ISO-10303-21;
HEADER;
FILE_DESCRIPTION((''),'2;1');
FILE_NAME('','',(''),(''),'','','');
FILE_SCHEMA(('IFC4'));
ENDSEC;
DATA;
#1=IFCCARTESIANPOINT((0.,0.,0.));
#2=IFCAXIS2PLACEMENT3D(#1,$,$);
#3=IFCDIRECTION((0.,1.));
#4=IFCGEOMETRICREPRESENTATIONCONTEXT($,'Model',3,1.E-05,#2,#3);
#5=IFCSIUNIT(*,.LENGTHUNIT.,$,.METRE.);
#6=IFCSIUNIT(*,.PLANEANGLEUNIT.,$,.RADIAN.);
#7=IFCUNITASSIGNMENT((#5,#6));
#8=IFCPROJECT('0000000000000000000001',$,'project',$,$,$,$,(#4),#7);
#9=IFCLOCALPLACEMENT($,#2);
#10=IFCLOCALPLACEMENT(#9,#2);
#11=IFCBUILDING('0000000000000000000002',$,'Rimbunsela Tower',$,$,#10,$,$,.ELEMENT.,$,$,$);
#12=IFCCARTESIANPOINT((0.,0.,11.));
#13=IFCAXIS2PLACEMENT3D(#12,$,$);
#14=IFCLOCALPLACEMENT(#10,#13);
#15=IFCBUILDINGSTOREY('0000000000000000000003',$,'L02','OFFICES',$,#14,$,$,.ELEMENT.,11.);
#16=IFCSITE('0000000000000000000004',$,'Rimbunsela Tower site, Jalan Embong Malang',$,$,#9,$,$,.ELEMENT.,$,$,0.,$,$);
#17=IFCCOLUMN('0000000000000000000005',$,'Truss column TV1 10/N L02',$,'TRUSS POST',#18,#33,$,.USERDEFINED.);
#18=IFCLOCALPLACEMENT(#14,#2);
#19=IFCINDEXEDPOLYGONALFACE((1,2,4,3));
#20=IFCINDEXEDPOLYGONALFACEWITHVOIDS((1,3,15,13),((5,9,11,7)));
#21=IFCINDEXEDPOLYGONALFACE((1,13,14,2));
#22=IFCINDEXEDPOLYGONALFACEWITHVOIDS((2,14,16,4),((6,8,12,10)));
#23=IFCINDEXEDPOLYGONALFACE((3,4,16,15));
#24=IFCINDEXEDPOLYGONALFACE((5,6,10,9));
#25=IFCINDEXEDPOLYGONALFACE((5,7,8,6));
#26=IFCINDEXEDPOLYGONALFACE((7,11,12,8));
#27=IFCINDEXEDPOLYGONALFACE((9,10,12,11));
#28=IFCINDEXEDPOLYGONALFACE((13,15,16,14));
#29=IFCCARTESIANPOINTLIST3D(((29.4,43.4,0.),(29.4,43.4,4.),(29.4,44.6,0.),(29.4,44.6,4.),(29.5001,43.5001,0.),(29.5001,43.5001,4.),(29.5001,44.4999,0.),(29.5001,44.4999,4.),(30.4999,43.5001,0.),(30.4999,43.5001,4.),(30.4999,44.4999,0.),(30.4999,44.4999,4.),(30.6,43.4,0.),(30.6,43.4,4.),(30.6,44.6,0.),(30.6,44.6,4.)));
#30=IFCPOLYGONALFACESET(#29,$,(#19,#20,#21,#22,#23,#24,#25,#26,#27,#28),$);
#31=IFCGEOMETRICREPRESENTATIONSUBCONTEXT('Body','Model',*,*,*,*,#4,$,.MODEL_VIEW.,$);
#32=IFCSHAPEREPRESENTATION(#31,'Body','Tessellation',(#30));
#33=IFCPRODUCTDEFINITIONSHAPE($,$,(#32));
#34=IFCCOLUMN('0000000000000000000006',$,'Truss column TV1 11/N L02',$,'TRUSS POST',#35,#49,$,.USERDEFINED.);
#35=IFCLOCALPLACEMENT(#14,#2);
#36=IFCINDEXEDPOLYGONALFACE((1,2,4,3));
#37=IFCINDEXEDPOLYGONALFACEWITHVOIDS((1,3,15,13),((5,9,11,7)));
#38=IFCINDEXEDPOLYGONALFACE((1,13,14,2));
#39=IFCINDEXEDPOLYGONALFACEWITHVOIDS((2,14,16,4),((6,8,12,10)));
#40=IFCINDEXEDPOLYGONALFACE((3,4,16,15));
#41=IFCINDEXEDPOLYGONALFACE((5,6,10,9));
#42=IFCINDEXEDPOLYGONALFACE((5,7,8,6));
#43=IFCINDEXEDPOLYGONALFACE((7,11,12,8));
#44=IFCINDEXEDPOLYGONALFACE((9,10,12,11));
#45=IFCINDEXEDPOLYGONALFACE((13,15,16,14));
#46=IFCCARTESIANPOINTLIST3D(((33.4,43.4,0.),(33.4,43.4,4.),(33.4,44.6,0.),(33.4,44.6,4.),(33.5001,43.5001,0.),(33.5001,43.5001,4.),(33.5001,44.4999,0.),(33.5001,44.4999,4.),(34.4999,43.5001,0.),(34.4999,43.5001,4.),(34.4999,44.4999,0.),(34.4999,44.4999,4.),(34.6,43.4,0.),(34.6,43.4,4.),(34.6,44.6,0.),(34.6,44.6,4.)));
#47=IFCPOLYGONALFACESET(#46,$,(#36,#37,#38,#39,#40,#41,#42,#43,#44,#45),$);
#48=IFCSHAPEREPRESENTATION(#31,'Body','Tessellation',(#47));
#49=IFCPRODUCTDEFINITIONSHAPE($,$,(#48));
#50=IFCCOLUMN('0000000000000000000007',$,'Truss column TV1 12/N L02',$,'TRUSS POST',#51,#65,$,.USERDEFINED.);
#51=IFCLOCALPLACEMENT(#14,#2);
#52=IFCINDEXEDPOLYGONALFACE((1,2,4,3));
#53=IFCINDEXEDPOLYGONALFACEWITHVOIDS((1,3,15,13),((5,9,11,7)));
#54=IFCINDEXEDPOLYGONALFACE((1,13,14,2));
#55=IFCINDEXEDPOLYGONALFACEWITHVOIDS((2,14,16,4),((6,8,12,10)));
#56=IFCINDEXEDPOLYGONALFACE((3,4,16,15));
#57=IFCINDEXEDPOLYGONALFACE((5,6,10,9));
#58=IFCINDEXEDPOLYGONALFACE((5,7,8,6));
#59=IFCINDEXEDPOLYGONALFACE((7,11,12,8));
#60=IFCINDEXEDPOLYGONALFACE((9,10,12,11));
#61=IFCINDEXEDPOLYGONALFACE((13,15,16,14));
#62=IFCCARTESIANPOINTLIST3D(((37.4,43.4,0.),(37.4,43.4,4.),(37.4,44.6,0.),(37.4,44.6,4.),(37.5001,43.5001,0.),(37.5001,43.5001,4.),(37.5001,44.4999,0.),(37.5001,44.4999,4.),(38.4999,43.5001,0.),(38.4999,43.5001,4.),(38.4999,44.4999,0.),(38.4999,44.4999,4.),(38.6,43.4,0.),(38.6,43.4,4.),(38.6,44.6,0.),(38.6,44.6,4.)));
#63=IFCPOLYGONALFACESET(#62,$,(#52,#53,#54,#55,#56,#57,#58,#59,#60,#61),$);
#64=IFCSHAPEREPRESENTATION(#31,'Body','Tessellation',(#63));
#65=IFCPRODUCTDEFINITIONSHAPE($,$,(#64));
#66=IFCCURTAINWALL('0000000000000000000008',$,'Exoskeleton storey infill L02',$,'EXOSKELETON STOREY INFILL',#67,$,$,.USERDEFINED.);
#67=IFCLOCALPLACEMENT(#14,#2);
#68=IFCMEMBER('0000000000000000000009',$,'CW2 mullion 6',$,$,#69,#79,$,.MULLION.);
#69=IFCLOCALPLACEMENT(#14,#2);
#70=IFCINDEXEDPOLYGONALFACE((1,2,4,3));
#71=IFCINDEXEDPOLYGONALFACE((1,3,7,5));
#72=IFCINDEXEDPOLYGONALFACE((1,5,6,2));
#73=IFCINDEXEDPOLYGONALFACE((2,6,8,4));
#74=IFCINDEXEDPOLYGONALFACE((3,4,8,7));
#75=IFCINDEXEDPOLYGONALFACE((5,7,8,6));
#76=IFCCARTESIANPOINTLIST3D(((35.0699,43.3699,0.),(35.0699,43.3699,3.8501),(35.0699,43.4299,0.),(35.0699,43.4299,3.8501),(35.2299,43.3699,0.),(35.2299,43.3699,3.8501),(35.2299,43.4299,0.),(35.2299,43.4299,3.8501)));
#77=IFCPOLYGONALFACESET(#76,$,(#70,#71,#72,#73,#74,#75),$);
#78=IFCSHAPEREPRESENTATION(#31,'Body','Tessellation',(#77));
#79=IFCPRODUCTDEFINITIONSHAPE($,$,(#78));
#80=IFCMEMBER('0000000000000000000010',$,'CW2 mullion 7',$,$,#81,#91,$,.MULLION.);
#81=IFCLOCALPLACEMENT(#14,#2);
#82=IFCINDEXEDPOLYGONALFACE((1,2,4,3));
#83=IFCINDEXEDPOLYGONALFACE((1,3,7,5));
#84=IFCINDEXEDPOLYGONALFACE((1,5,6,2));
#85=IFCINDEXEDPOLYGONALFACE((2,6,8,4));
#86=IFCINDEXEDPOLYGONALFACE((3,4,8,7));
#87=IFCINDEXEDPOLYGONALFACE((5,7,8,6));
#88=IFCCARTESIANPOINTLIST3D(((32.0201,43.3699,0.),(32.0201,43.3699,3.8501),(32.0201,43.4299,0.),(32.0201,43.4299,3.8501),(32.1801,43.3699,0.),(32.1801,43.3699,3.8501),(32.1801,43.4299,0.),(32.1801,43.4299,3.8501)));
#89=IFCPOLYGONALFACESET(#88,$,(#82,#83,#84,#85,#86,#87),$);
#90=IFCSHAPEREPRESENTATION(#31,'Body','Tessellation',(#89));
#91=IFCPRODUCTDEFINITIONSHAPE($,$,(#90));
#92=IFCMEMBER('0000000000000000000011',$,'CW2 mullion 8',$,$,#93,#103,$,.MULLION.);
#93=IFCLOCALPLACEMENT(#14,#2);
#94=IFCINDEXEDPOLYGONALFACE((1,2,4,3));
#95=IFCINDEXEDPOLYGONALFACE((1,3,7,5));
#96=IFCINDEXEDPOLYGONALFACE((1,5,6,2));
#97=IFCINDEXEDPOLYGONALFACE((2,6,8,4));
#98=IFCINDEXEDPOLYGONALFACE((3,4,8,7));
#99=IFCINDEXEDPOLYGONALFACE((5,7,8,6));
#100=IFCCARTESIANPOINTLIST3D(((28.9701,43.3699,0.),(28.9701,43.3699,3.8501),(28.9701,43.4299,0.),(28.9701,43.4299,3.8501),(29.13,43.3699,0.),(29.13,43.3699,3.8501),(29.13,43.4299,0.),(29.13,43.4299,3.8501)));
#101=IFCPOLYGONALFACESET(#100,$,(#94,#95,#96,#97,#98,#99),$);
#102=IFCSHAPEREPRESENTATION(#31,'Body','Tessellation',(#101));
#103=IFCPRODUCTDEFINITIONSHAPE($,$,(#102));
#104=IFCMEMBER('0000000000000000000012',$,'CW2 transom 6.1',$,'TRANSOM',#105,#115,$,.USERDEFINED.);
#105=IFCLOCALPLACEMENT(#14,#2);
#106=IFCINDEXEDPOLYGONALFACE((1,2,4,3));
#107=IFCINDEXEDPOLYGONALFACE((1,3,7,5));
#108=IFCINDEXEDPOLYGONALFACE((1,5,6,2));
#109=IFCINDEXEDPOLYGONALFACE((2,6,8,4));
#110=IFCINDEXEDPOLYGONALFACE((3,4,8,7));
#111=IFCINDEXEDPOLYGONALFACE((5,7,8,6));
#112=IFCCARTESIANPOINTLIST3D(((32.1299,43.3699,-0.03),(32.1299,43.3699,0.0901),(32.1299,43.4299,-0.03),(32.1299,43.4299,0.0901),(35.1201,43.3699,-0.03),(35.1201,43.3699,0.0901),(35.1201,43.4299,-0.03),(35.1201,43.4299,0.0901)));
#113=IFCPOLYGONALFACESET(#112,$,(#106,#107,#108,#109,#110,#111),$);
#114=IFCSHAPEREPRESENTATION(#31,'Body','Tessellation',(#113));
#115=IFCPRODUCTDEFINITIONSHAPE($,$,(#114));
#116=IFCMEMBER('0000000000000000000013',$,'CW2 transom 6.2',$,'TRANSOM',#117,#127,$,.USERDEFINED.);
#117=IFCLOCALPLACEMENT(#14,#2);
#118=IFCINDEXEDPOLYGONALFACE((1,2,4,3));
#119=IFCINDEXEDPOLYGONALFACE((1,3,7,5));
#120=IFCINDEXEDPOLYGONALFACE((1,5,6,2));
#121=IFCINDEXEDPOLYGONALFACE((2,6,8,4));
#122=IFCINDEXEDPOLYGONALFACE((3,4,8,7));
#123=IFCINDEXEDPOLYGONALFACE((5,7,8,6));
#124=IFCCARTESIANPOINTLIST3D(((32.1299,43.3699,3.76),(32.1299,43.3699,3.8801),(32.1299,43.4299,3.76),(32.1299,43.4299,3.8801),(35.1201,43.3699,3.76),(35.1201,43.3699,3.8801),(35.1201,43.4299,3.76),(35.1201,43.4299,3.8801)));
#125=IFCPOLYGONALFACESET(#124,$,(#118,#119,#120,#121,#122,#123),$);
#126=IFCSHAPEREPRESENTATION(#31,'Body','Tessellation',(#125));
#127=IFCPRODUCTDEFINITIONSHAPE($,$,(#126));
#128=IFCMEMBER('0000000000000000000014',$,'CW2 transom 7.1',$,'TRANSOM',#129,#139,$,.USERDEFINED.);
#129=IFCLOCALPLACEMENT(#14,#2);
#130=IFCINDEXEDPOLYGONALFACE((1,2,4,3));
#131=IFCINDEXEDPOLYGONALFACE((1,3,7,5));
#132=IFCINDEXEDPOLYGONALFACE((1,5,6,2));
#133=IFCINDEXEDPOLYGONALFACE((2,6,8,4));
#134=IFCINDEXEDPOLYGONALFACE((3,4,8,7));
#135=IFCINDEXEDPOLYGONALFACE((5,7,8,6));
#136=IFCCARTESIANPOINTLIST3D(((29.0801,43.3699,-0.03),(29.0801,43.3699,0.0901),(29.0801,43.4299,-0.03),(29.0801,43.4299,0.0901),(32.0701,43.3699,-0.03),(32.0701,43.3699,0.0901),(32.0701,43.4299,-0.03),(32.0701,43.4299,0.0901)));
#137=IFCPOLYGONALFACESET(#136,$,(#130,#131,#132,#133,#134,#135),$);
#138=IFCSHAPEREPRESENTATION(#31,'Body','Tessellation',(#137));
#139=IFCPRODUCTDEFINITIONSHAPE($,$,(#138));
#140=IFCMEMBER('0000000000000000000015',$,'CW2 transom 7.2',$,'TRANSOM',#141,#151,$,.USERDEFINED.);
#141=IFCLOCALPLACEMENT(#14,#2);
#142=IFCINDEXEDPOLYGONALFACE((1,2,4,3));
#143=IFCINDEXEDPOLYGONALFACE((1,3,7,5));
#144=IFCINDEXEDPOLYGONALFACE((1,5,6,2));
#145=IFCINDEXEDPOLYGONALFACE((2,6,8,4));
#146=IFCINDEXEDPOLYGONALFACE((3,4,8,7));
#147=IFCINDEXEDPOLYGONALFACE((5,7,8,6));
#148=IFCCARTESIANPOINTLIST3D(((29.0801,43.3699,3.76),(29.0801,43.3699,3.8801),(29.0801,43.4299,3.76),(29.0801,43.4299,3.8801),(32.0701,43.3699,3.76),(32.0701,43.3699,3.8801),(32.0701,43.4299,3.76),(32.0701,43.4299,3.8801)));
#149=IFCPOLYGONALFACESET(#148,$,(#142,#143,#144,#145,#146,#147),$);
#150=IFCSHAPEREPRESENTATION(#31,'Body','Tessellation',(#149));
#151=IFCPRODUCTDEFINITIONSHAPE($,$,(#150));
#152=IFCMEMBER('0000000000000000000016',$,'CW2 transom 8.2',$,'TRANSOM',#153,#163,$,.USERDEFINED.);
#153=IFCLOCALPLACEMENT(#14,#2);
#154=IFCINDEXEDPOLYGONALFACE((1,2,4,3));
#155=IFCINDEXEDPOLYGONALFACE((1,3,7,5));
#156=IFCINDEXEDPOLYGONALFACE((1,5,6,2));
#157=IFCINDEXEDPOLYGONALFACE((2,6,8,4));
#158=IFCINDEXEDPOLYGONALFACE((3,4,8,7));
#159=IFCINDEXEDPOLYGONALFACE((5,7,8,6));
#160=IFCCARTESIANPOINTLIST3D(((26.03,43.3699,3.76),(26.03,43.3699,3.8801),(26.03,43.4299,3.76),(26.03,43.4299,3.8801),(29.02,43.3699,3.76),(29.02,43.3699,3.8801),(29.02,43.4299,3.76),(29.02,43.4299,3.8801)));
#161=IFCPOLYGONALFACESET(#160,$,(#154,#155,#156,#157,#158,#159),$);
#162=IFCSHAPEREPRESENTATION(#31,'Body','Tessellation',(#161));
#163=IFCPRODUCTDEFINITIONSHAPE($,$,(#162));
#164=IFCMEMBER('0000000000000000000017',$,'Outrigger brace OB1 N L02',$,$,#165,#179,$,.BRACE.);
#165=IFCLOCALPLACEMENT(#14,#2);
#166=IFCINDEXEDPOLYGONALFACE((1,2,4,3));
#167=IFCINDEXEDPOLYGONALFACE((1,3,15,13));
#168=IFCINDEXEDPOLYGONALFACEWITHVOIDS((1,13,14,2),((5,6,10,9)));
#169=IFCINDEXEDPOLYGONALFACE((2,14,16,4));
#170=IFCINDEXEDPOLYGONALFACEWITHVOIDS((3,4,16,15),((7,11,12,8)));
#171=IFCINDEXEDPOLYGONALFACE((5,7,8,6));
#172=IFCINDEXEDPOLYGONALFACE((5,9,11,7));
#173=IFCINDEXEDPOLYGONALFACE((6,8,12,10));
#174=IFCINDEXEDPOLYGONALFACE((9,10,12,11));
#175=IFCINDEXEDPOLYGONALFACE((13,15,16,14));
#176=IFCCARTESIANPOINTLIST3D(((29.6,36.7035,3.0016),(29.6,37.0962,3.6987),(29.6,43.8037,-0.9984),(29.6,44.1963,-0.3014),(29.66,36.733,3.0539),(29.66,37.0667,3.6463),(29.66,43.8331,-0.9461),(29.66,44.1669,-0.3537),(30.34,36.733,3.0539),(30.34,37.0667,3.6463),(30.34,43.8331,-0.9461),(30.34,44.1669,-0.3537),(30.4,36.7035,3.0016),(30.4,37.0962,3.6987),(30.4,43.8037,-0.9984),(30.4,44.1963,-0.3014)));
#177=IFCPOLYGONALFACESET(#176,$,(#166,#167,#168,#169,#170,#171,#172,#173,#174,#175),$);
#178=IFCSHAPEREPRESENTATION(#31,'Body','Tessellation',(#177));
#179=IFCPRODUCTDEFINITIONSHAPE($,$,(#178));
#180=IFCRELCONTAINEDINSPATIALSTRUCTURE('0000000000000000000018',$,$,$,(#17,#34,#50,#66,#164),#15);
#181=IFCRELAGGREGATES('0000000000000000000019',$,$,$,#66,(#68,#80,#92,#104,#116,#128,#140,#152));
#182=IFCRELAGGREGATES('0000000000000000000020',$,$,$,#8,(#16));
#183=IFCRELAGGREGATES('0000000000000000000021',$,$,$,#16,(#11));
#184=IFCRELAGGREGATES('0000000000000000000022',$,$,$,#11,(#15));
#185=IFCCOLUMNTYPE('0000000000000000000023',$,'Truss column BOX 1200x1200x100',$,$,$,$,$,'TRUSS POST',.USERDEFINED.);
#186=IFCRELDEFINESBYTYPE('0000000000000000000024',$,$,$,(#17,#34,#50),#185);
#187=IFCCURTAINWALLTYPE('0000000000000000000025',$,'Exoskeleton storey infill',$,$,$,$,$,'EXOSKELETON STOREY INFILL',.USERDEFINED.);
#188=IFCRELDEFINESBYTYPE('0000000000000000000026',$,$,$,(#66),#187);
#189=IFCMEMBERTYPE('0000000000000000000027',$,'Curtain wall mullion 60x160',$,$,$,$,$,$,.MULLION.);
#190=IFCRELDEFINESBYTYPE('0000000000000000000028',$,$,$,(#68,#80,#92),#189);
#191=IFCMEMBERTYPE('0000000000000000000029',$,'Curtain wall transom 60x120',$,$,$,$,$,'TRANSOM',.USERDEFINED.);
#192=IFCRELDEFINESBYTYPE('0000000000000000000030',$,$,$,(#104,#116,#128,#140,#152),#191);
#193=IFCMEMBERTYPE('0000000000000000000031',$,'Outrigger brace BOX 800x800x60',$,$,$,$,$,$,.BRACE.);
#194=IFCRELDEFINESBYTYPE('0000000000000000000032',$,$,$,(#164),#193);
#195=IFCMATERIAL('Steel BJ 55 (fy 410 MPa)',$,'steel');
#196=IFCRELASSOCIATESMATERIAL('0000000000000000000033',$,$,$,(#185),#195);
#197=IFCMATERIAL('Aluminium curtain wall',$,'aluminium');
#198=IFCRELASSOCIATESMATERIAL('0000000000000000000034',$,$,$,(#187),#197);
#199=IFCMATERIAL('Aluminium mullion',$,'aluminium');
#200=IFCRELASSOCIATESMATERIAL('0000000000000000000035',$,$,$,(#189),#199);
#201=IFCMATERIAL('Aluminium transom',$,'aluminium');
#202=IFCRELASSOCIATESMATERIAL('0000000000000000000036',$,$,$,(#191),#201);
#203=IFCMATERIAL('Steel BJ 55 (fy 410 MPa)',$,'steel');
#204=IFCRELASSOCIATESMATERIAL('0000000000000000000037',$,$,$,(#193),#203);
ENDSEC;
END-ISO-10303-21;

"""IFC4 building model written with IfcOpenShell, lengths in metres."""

from ifc_helpers import new_model, si_unit, direction, frame, origin, origin_2d, place, context, subcontext, project, spatial, rectangle, hollow_rectangle, extrude, material, material_profile, profile_set, type_object, element, aggregate, save


model = new_model("IFC4")

# Units and contexts
model_context = context("Model", 3, precision=1e-05, world=origin(), true_north=direction((0.0, 1.0)))
body_context = subcontext(model_context, "Body", "Model", "MODEL_VIEW")
ifc_project = project(units=[si_unit("LENGTHUNIT", "METRE"), si_unit("PLANEANGLEUNIT", "RADIAN")], contexts=[model_context])

# Site, building, storey
site_placement = place(None, origin())
site = spatial("IfcSite", under=ifc_project, at=site_placement, Name="Rimbunsela Tower site, Jalan Embong Malang", CompositionType="ELEMENT", RefElevation=0.0)
building_placement = place(site_placement, origin())
building = spatial("IfcBuilding", under=site, at=building_placement, Name="Rimbunsela Tower", CompositionType="ELEMENT")
storey_placement = place(building_placement, frame((0.0, 0.0, 11.0)))
storey = spatial("IfcBuildingStorey", under=building, at=storey_placement, Name="L02", Description="OFFICES", CompositionType="ELEMENT", Elevation=11.0)

# Columns
ifc_material_1 = material(Name="Steel BJ 55 (fy 410 MPa)", Category="steel")
ifc_material_profile_1 = material_profile(ifc_material_1, hollow_rectangle(XDim=1.2, YDim=1.2, WallThickness=0.1001, at=origin_2d()), Name="BOX 1200x1200x100")
ifc_profile_set_1 = profile_set([ifc_material_profile_1], Name="Steel BJ 55 (fy 410 MPa)")
column_type = type_object("IfcColumnType", Name="Truss column BOX 1200x1200x100", ElementType="TRUSS POST", PredefinedType="USERDEFINED", material=ifc_profile_set_1)
for number, where, z_axis, x_axis, name in (
    (1, (30.0, 44.0, 0.0), (0.0, 0.0, 1.0), (1.0, 0.0, 0.0), "Truss column TV1 10/N L02"),
    (2, (34.0, 44.0, 0.0), (0.0, 0.0, 1.0), (1.0, 0.0, 0.0), "Truss column TV1 11/N L02"),
    (3, (38.0, 44.0, 0.0), (0.0, 0.0, 1.0), (1.0, 0.0, 0.0), "Truss column TV1 12/N L02"),
):
    element("IfcColumn", number, at=place(storey_placement, frame(where, z_axis=z_axis, x_axis=x_axis)), inside=storey, type_object=column_type, Name=name, ObjectType="TRUSS POST", PredefinedType="USERDEFINED", context=body_context, shape_type="SweptSolid", body=[
        extrude(hollow_rectangle(XDim=1.2, YDim=1.2, WallThickness=0.1001, at=origin_2d()), origin(), (0.0, 0.0, 1.0), 4.0),
    ])

# Curtain wall, members
ifc_material_2 = material(Name="Aluminium curtain wall", Category="aluminium")
curtain_wall_type = type_object("IfcCurtainWallType", Name="Exoskeleton storey infill", ElementType="EXOSKELETON STOREY INFILL", PredefinedType="USERDEFINED", material=ifc_material_2)
curtain_wall_placement = place(storey_placement, origin())
curtain_wall = element("IfcCurtainWall", 4, at=curtain_wall_placement, inside=storey, type_object=curtain_wall_type, Name="Exoskeleton storey infill L02", ObjectType="EXOSKELETON STOREY INFILL", PredefinedType="USERDEFINED")
ifc_material_3 = material(Name="Aluminium mullion", Category="aluminium")
ifc_material_profile_2 = material_profile(ifc_material_3, rectangle(XDim=0.0601, YDim=0.1599, at=origin_2d()), Name="Mullion 60x160")
ifc_profile_set_2 = profile_set([ifc_material_profile_2], Name="Aluminium mullion")
member_type_1 = type_object("IfcMemberType", Name="Curtain wall mullion 60x160", PredefinedType="MULLION", material=ifc_profile_set_2)
member_1_placement = place(storey_placement, frame((35.1499, 43.3999, 0.0), z_axis=(0.0, 0.0, 1.0), x_axis=(0.0, -1.0, 0.0)))
member_1 = element("IfcMember", 5, at=member_1_placement, type_object=member_type_1, Name="CW2 mullion 6", PredefinedType="MULLION", context=body_context, shape_type="SweptSolid", body=[
    extrude(rectangle(XDim=0.0601, YDim=0.1599, at=origin_2d()), origin(), (0.0, 0.0, 1.0), 3.8501),
])
member_2_placement = place(storey_placement, frame((32.1001, 43.3999, 0.0), z_axis=(0.0, 0.0, 1.0), x_axis=(0.0, -1.0, 0.0)))
member_2 = element("IfcMember", 6, at=member_2_placement, type_object=member_type_1, Name="CW2 mullion 7", PredefinedType="MULLION", context=body_context, shape_type="SweptSolid", body=[
    extrude(rectangle(XDim=0.0601, YDim=0.1599, at=origin_2d()), origin(), (0.0, 0.0, 1.0), 3.8501),
])
member_3_placement = place(storey_placement, frame((29.05, 43.3999, 0.0), z_axis=(0.0, 0.0, 1.0), x_axis=(0.0, -1.0, 0.0)))
member_3 = element("IfcMember", 7, at=member_3_placement, type_object=member_type_1, Name="CW2 mullion 8", PredefinedType="MULLION", context=body_context, shape_type="SweptSolid", body=[
    extrude(rectangle(XDim=0.0601, YDim=0.1599, at=origin_2d()), origin(), (0.0, 0.0, 1.0), 3.8501),
])
ifc_material_4 = material(Name="Aluminium transom", Category="aluminium")
ifc_material_profile_3 = material_profile(ifc_material_4, rectangle(XDim=0.0601, YDim=0.1201, at=origin_2d()), Name="Transom 60x120")
ifc_profile_set_3 = profile_set([ifc_material_profile_3], Name="Aluminium transom")
member_type_2 = type_object("IfcMemberType", Name="Curtain wall transom 60x120", ElementType="TRANSOM", PredefinedType="USERDEFINED", material=ifc_profile_set_3)
member_4_placement = place(storey_placement, frame((35.1201, 43.3999, 0.03), z_axis=(-1.0, 0.0, 0.0), x_axis=(0.0, -1.0, 0.0)))
member_4 = element("IfcMember", 8, at=member_4_placement, type_object=member_type_2, Name="CW2 transom 6.1", ObjectType="TRANSOM", PredefinedType="USERDEFINED", context=body_context, shape_type="SweptSolid", body=[
    extrude(rectangle(XDim=0.0601, YDim=0.1201, at=origin_2d()), origin(), (0.0, 0.0, 1.0), 2.9902),
])
member_5_placement = place(storey_placement, frame((35.1201, 43.3999, 3.8201), z_axis=(-1.0, 0.0, 0.0), x_axis=(0.0, -1.0, 0.0)))
member_5 = element("IfcMember", 9, at=member_5_placement, type_object=member_type_2, Name="CW2 transom 6.2", ObjectType="TRANSOM", PredefinedType="USERDEFINED", context=body_context, shape_type="SweptSolid", body=[
    extrude(rectangle(XDim=0.0601, YDim=0.1201, at=origin_2d()), origin(), (0.0, 0.0, 1.0), 2.9902),
])
member_6_placement = place(storey_placement, frame((32.0701, 43.3999, 0.03), z_axis=(-1.0, 0.0, 0.0), x_axis=(0.0, -1.0, 0.0)))
member_6 = element("IfcMember", 10, at=member_6_placement, type_object=member_type_2, Name="CW2 transom 7.1", ObjectType="TRANSOM", PredefinedType="USERDEFINED", context=body_context, shape_type="SweptSolid", body=[
    extrude(rectangle(XDim=0.0601, YDim=0.1201, at=origin_2d()), origin(), (0.0, 0.0, 1.0), 2.99),
])
member_7_placement = place(storey_placement, frame((32.0701, 43.3999, 3.8201), z_axis=(-1.0, 0.0, 0.0), x_axis=(0.0, -1.0, 0.0)))
member_7 = element("IfcMember", 11, at=member_7_placement, type_object=member_type_2, Name="CW2 transom 7.2", ObjectType="TRANSOM", PredefinedType="USERDEFINED", context=body_context, shape_type="SweptSolid", body=[
    extrude(rectangle(XDim=0.0601, YDim=0.1201, at=origin_2d()), origin(), (0.0, 0.0, 1.0), 2.99),
])
member_8_placement = place(storey_placement, frame((29.02, 43.3999, 3.8201), z_axis=(-1.0, 0.0, 0.0), x_axis=(0.0, -1.0, 0.0)))
member_8 = element("IfcMember", 12, at=member_8_placement, type_object=member_type_2, Name="CW2 transom 8.2", ObjectType="TRANSOM", PredefinedType="USERDEFINED", context=body_context, shape_type="SweptSolid", body=[
    extrude(rectangle(XDim=0.0601, YDim=0.1201, at=origin_2d()), origin(), (0.0, 0.0, 1.0), 2.99),
])

# Member
ifc_material_5 = material(Name="Steel BJ 55 (fy 410 MPa)", Category="steel")
ifc_material_profile_4 = material_profile(ifc_material_5, hollow_rectangle(XDim=0.8, YDim=0.8, WallThickness=0.0601, at=origin_2d()), Name="BOX 800x800x60")
ifc_profile_set_4 = profile_set([ifc_material_profile_4], Name="Steel BJ 55 (fy 410 MPa)")
member_type_3 = type_object("IfcMemberType", Name="Outrigger brace BOX 800x800x60", PredefinedType="BRACE", material=ifc_profile_set_4)
member_9_placement = place(storey_placement, frame((30.0, 44.0, -0.6499), z_axis=(0.0, -0.871251, 0.490839), x_axis=(1.0, 0.0, 0.0)))
element("IfcMember", 13, at=member_9_placement, inside=storey, type_object=member_type_3, Name="Outrigger brace OB1 N L02", PredefinedType="BRACE", context=body_context, shape_type="SweptSolid", body=[
    extrude(hollow_rectangle(XDim=0.8, YDim=0.8, WallThickness=0.0601, at=origin_2d()), origin(), (0.0, 0.0, 1.0), 8.1494),
])

aggregate(curtain_wall, [member_1, member_2, member_3, member_4, member_5, member_6, member_7, member_8])

save(model, "model.ifc")
